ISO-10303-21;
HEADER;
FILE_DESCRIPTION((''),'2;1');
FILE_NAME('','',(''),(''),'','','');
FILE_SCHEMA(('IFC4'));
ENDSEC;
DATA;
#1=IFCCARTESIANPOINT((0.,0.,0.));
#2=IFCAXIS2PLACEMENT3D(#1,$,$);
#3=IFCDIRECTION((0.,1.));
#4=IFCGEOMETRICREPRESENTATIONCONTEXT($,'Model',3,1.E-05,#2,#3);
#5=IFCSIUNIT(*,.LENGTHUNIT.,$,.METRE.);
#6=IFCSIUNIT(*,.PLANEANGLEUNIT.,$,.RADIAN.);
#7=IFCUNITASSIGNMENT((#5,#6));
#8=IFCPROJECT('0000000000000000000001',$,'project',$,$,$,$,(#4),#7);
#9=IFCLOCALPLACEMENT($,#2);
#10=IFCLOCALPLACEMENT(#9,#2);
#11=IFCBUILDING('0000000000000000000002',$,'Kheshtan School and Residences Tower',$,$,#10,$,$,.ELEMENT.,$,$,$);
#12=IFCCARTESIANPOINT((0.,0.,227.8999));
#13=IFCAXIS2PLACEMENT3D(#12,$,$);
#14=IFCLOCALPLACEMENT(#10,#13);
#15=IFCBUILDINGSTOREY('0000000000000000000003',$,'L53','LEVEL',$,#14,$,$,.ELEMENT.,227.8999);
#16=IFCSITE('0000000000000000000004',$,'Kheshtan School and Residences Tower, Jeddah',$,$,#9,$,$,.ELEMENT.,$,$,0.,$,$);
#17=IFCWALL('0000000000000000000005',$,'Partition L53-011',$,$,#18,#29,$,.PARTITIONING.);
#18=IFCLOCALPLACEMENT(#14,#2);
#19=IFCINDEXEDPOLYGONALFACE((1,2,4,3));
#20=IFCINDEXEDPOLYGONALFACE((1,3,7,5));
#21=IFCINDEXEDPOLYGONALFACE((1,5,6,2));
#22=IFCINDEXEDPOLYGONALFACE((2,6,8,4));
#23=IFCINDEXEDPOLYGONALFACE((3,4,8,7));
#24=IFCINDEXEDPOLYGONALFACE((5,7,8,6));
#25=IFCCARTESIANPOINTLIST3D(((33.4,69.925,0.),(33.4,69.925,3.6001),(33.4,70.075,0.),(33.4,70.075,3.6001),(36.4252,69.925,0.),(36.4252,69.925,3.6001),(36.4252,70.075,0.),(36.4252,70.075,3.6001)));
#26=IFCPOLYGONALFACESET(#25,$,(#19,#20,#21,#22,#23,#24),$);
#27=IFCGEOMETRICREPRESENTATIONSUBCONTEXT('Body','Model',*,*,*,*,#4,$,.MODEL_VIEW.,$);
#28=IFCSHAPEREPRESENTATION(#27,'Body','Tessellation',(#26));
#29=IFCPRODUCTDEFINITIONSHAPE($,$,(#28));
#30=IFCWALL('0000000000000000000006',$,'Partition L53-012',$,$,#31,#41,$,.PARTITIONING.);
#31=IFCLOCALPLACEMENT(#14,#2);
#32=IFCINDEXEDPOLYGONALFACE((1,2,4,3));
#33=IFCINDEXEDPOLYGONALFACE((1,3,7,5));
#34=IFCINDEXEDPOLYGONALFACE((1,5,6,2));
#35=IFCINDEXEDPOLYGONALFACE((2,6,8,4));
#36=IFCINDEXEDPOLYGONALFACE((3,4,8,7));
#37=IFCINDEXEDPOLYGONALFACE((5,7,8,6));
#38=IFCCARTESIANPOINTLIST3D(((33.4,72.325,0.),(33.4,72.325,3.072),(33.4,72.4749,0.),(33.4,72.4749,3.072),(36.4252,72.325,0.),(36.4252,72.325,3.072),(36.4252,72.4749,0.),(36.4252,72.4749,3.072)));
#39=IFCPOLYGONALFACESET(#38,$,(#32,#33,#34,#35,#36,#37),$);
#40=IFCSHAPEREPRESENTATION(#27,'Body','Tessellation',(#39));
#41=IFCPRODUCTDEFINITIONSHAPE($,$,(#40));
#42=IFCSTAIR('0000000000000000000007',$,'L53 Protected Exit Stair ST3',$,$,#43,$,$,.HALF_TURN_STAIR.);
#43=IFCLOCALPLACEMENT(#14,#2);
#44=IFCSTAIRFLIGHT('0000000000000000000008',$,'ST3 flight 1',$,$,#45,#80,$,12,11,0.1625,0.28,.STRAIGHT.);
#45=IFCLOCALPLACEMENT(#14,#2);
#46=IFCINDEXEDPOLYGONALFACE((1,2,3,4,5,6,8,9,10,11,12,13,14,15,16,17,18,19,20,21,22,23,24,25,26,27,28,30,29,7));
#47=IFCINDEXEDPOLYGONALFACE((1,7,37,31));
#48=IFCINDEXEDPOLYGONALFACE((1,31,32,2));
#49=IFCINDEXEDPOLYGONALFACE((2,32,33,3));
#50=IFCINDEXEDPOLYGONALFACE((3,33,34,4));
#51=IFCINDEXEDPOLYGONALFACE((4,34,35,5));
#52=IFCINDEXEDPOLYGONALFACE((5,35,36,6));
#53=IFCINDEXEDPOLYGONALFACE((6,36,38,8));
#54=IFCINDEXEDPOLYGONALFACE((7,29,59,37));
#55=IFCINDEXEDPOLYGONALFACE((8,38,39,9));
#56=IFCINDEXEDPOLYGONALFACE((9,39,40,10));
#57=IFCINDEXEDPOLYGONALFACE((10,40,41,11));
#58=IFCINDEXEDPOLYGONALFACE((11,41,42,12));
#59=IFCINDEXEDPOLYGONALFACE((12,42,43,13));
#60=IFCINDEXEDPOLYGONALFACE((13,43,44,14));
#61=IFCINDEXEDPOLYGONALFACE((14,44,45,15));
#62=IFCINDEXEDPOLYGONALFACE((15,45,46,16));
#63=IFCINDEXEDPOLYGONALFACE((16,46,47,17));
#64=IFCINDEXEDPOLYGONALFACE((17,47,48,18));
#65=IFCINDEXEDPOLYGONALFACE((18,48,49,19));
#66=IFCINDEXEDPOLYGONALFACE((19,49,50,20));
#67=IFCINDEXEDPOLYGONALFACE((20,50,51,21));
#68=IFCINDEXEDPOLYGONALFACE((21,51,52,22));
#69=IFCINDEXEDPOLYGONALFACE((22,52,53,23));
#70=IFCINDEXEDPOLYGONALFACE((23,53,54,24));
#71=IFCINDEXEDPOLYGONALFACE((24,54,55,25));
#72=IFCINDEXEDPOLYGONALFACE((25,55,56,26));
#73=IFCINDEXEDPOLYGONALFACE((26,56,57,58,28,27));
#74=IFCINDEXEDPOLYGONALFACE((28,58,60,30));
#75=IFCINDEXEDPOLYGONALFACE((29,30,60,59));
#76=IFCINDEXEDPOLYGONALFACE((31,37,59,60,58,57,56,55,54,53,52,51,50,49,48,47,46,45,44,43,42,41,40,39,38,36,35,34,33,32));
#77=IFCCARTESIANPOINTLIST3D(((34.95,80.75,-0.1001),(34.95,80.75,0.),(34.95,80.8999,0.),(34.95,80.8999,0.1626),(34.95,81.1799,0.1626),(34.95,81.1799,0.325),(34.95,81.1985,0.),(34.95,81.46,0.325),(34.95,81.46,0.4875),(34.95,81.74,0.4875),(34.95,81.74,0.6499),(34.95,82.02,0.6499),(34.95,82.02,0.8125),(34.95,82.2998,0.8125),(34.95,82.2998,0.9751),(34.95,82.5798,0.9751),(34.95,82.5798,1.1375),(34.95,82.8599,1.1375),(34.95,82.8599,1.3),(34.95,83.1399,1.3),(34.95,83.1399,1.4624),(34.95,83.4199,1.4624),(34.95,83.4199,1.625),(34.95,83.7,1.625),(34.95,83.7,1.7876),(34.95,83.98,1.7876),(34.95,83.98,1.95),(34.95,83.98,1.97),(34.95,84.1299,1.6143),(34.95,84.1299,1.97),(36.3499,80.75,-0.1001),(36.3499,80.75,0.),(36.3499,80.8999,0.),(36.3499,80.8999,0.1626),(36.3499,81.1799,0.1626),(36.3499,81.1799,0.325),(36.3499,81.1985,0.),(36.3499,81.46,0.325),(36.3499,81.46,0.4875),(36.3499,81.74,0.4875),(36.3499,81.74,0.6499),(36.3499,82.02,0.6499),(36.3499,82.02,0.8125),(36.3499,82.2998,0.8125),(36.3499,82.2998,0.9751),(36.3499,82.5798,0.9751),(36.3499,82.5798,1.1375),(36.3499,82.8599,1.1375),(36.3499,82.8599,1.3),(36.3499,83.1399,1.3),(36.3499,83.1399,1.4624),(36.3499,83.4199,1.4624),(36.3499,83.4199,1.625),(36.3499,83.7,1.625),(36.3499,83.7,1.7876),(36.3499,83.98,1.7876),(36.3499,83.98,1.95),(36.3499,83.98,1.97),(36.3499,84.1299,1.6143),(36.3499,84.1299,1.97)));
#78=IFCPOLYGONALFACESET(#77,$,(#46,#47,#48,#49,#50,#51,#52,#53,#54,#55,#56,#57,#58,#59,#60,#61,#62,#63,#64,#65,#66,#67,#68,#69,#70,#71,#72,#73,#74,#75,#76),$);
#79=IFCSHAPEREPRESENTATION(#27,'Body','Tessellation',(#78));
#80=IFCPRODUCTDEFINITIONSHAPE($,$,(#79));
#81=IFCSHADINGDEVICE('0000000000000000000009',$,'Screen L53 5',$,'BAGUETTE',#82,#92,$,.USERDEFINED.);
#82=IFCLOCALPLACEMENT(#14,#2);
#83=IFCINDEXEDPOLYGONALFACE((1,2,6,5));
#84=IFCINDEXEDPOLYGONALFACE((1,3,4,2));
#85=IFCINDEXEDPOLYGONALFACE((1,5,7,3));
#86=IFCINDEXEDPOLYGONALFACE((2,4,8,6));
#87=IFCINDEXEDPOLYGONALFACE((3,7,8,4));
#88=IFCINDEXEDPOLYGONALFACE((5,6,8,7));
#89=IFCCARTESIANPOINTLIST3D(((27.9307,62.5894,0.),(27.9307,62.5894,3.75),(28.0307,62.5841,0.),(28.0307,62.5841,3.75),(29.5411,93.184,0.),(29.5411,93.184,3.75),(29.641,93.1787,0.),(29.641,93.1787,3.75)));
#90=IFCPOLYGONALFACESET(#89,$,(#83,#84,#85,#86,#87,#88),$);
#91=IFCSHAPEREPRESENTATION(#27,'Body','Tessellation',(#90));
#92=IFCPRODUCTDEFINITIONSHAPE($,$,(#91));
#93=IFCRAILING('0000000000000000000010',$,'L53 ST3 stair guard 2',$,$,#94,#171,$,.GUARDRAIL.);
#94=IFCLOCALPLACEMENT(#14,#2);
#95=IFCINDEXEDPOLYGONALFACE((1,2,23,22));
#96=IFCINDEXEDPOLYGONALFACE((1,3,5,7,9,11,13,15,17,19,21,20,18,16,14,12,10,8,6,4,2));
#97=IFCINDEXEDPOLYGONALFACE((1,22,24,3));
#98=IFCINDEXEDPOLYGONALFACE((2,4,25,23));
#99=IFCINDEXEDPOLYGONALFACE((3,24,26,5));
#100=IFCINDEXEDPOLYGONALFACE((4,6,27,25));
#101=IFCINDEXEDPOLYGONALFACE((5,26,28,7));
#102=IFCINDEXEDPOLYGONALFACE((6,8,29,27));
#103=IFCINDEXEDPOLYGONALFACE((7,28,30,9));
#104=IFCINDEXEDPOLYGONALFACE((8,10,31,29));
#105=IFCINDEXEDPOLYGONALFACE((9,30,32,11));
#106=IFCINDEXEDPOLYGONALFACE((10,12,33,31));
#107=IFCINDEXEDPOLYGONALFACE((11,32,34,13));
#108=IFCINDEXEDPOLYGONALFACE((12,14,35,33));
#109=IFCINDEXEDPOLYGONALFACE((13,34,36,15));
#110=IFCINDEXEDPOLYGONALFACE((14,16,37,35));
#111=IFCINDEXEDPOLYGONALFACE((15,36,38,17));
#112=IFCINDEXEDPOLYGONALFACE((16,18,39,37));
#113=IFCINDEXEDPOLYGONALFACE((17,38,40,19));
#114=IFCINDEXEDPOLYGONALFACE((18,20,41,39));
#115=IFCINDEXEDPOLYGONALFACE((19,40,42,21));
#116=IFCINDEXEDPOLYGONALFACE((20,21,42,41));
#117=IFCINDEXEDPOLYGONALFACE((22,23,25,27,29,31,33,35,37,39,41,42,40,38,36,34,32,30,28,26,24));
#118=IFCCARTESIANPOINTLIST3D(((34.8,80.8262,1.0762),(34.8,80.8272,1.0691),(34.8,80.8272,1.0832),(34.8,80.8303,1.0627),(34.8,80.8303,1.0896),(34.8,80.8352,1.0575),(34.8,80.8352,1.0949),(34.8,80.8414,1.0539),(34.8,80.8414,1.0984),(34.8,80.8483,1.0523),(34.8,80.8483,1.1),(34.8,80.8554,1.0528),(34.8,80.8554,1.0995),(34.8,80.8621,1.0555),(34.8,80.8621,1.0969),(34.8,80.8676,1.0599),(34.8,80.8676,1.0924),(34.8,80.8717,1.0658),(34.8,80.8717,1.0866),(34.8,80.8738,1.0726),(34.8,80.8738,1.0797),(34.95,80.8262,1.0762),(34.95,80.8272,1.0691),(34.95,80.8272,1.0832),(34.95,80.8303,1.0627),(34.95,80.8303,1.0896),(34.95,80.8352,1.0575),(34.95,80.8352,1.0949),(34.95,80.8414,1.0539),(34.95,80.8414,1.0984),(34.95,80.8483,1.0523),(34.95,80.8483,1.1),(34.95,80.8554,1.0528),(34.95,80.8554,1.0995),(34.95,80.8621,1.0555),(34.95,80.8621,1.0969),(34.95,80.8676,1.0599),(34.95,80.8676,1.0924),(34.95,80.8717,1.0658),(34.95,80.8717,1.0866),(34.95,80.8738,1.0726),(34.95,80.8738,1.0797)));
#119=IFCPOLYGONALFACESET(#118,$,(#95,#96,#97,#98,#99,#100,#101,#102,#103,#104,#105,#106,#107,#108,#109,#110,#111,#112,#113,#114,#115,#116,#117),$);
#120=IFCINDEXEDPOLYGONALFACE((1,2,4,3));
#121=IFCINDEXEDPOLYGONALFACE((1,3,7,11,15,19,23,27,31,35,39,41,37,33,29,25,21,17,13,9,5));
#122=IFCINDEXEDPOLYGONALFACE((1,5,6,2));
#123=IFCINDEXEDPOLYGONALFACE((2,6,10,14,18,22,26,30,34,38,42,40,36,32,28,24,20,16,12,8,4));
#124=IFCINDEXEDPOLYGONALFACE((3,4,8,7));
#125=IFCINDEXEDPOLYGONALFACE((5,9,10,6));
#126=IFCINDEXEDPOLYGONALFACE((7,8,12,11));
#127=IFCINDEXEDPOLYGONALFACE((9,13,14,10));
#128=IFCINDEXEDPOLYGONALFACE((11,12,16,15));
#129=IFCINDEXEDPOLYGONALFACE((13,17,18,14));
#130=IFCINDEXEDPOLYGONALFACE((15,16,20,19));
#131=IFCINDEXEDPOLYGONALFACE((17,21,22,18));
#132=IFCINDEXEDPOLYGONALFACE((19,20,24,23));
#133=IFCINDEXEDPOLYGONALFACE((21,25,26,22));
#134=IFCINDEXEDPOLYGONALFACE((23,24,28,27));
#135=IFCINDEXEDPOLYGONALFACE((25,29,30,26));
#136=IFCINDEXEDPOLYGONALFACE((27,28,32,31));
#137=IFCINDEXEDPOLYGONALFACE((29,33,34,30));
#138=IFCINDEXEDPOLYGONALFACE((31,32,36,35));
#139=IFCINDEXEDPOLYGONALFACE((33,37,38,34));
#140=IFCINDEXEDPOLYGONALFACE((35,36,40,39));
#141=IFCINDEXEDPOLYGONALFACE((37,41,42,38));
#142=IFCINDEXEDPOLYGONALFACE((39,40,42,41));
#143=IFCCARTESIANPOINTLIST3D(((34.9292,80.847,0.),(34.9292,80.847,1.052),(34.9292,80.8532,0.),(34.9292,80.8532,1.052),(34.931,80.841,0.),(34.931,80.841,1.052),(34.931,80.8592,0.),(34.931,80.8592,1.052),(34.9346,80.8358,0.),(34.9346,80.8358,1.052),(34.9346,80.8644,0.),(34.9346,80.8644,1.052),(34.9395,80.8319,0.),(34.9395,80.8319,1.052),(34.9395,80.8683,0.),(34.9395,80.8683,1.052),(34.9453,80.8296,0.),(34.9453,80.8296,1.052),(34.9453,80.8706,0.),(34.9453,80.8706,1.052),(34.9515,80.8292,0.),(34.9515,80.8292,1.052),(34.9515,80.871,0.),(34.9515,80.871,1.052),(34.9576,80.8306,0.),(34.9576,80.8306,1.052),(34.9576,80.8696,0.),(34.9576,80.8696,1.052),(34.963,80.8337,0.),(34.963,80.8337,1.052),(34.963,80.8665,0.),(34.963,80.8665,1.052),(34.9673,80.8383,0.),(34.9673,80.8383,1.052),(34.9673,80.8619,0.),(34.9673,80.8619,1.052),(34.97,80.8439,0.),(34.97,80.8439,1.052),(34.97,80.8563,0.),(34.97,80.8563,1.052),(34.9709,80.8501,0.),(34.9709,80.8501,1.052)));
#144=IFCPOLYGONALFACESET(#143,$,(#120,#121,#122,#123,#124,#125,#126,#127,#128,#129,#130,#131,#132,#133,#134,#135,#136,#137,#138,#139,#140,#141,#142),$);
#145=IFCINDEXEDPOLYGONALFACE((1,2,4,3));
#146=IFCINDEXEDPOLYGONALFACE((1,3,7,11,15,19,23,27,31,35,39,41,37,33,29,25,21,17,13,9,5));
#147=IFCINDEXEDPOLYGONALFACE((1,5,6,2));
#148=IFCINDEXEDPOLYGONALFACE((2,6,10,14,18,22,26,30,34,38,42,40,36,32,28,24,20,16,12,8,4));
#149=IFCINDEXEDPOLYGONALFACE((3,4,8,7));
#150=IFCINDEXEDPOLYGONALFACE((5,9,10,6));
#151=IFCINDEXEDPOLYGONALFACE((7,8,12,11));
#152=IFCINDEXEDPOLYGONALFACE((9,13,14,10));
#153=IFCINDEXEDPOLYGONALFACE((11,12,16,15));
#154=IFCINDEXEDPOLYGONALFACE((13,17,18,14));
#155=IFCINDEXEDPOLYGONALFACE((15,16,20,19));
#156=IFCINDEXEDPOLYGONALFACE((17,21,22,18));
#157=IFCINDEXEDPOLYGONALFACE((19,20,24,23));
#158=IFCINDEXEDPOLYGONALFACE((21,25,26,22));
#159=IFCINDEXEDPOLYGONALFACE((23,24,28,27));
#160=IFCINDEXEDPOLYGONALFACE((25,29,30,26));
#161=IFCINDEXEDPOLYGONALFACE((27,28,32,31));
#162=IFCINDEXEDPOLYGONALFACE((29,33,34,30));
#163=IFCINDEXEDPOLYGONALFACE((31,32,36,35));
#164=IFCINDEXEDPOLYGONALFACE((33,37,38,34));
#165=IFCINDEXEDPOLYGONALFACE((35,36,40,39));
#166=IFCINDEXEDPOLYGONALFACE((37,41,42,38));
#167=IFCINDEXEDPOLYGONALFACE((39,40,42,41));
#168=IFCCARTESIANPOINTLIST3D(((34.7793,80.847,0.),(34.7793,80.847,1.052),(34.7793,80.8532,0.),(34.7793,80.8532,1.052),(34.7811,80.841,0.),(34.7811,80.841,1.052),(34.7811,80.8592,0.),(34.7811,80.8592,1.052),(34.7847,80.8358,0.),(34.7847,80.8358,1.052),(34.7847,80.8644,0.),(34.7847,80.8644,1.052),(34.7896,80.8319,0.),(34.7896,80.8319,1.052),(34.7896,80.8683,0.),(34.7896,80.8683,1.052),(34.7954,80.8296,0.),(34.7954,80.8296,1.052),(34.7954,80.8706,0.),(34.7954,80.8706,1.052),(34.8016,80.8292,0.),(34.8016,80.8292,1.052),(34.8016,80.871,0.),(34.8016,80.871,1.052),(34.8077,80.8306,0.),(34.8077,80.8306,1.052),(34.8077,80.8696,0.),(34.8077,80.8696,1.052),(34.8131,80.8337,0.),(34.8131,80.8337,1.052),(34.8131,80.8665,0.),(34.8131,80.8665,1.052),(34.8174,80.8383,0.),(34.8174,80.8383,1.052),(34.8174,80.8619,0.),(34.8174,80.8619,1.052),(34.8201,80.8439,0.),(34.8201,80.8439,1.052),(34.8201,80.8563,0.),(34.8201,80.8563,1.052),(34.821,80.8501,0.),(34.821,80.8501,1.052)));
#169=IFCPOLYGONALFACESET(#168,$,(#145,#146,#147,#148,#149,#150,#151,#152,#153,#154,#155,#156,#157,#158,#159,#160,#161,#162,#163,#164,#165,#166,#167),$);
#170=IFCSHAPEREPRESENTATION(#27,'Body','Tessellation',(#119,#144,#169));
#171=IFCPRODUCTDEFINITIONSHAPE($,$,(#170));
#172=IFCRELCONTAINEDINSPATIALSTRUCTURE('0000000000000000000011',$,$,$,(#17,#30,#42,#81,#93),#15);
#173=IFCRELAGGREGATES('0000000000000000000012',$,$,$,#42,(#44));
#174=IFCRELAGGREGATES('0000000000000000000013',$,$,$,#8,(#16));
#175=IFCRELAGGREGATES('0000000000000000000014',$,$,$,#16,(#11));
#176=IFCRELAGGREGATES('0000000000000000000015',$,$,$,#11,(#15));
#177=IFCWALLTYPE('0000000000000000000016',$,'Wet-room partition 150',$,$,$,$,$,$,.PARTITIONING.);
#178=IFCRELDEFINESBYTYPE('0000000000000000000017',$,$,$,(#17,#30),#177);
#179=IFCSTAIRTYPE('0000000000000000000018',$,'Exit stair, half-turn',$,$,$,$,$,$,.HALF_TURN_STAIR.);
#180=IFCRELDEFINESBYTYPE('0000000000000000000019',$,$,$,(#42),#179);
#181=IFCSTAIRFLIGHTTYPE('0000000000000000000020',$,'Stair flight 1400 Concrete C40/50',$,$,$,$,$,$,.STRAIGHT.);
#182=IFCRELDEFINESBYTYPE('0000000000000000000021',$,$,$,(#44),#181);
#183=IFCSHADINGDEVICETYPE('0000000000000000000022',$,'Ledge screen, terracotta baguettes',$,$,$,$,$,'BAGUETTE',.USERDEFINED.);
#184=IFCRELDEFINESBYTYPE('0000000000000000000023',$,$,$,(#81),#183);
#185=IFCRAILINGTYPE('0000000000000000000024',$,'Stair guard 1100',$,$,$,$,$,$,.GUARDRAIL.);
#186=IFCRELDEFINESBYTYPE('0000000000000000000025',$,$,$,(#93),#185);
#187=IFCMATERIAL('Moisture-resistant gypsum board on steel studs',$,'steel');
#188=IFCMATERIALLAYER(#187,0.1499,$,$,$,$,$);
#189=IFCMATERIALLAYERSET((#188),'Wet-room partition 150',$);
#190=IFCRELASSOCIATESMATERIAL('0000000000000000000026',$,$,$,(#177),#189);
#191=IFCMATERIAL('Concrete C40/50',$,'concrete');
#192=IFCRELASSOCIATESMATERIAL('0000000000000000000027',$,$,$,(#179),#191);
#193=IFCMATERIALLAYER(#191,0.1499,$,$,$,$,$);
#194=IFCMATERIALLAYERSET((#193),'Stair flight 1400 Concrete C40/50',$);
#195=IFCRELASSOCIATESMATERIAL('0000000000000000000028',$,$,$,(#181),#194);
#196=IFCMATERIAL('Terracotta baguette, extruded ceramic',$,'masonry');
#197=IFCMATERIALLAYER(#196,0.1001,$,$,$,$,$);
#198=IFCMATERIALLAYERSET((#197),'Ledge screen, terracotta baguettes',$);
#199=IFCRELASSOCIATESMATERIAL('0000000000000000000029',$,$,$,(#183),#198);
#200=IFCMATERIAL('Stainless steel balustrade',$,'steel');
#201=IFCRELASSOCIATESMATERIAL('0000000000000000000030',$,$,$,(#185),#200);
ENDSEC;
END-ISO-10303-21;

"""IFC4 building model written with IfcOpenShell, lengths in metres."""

from ifc_helpers import new_model, si_unit, direction, frame, frame_2d, origin, origin_2d, place, context, subcontext, project, spatial, polyline, rectangle, circle, outline, extrude, material, layer, layer_set, type_object, element, aggregate, save


model = new_model("IFC4")

# Units and contexts
model_context = context("Model", 3, precision=1e-05, world=origin(), true_north=direction((0.0, 1.0)))
body_context = subcontext(model_context, "Body", "Model", "MODEL_VIEW")
ifc_project = project(units=[si_unit("LENGTHUNIT", "METRE"), si_unit("PLANEANGLEUNIT", "RADIAN")], contexts=[model_context])

# Site, building, storey
site_placement = place(None, origin())
site = spatial("IfcSite", under=ifc_project, at=site_placement, Name="Kheshtan School and Residences Tower, Jeddah", CompositionType="ELEMENT", RefElevation=0.0)
building_placement = place(site_placement, origin())
building = spatial("IfcBuilding", under=site, at=building_placement, Name="Kheshtan School and Residences Tower", CompositionType="ELEMENT")
storey_placement = place(building_placement, frame((0.0, 0.0, 227.8999)))
storey = spatial("IfcBuildingStorey", under=building, at=storey_placement, Name="L53", Description="LEVEL", CompositionType="ELEMENT", Elevation=227.8999)

# Shared definitions
ifc_material_1 = material(Name="Concrete C40/50", Category="concrete")

# Walls
ifc_material_2 = material(Name="Moisture-resistant gypsum board on steel studs", Category="steel")
ifc_layer_1 = layer(ifc_material_2, 0.1499)
ifc_layer_set_1 = layer_set([ifc_layer_1], Name="Wet-room partition 150")
wall_type_1 = type_object("IfcWallType", Name="Wet-room partition 150", PredefinedType="PARTITIONING", material=ifc_layer_set_1)
wall_1_placement = place(storey_placement, frame((33.3999, 70.0, 0.0), z_axis=(0.0, 0.0, 1.0), x_axis=(1.0, 0.0, 0.0)))
element("IfcWall", 1, at=wall_1_placement, inside=storey, type_object=wall_type_1, Name="Partition L53-011", PredefinedType="PARTITIONING", context=body_context, shape_type="SweptSolid", body=[
    extrude(rectangle(XDim=3.0251, YDim=0.1499, at=frame_2d((1.5127, 0.0))), origin(), (0.0, 0.0, 1.0), 3.6001),
])
wall_2_placement = place(storey_placement, frame((33.3999, 72.3999, 0.0), z_axis=(0.0, 0.0, 1.0), x_axis=(1.0, 0.0, 0.0)))
element("IfcWall", 2, at=wall_2_placement, inside=storey, type_object=wall_type_1, Name="Partition L53-012", PredefinedType="PARTITIONING", context=body_context, shape_type="SweptSolid", body=[
    extrude(rectangle(XDim=3.0251, YDim=0.1499, at=frame_2d((1.5127, 0.0))), origin(), (0.0, 0.0, 1.0), 3.072),
])

# Stair, stair flight
stair_type = type_object("IfcStairType", Name="Exit stair, half-turn", PredefinedType="HALF_TURN_STAIR", material=ifc_material_1)
stair_placement = place(storey_placement, origin())
stair = element("IfcStair", 3, at=stair_placement, inside=storey, type_object=stair_type, Name="L53 Protected Exit Stair ST3", PredefinedType="HALF_TURN_STAIR")
ifc_layer_2 = layer(ifc_material_1, 0.1499)
ifc_layer_set_2 = layer_set([ifc_layer_2], Name="Stair flight 1400 Concrete C40/50")
stair_flight_type = type_object("IfcStairFlightType", Name="Stair flight 1400 Concrete C40/50", PredefinedType="STRAIGHT", material=ifc_layer_set_2)
stair_flight_placement = place(storey_placement, frame((35.6499, 80.8999, 0.0), z_axis=(0.0, 0.0, 1.0), x_axis=(0.0, 1.0, 0.0)))
stair_flight = element("IfcStairFlight", 4, at=stair_flight_placement, type_object=stair_flight_type, Name="ST3 flight 1", NumberOfRisers=12, NumberOfTreads=11, PredefinedType="STRAIGHT", RiserHeight=0.1625, TreadLength=0.28, context=body_context, shape_type="SweptSolid", body=[
    extrude(outline(polyline([(-0.1499, -0.1001), (-0.1499, 0.0), (0.0, 0.0), (0.0, 0.1626), (0.28, 0.1626), (0.28, 0.325), (0.5601, 0.325), (0.5601, 0.4875), (0.8401, 0.4875), (0.8401, 0.6499), (1.1201, 0.6499), (1.1201, 0.8125), (1.3999, 0.8125), (1.3999, 0.9751), (1.6799, 0.9751), (1.6799, 1.1375), (1.96, 1.1375), (1.96, 1.3), (2.24, 1.3), (2.24, 1.4624), (2.52, 1.4624), (2.52, 1.625), (2.8, 1.625), (2.8, 1.7876), (3.0801, 1.7876), (3.0801, 1.95), (3.0801, 1.97), (3.23, 1.97), (3.23, 1.6143), (0.2986, 0.0), (-0.1499, -0.1001)])), frame((0.0, 0.7, 0.0), z_axis=(0.0, -1.0, 0.0), x_axis=(1.0, 0.0, 0.0)), (0.0, 0.0, 1.0), 1.3999),
])
aggregate(stair, [stair_flight])

# Shading device
ifc_material_3 = material(Name="Terracotta baguette, extruded ceramic", Category="masonry")
ifc_layer_3 = layer(ifc_material_3, 0.1001)
ifc_layer_set_3 = layer_set([ifc_layer_3], Name="Ledge screen, terracotta baguettes")
shading_device_type = type_object("IfcShadingDeviceType", Name="Ledge screen, terracotta baguettes", ElementType="BAGUETTE", PredefinedType="USERDEFINED", material=ifc_layer_set_3)
shading_device_placement = place(storey_placement, frame((28.7859, 77.884, 0.0), z_axis=(0.0, 0.0, 1.0), x_axis=(0.052563, 0.998618, 0.0)))
element("IfcShadingDevice", 5, at=shading_device_placement, inside=storey, type_object=shading_device_type, Name="Screen L53 5", ObjectType="BAGUETTE", PredefinedType="USERDEFINED", context=body_context, shape_type="SweptSolid", body=[
    extrude(rectangle(XDim=30.637, YDim=0.1001, at=origin_2d()), origin(), (0.0, 0.0, 1.0), 3.75),
])

# Railing
ifc_material_4 = material(Name="Stainless steel balustrade", Category="steel")
railing_type_1 = type_object("IfcRailingType", Name="Stair guard 1100", PredefinedType="GUARDRAIL", material=ifc_material_4)
railing_1_placement = place(storey_placement, frame((34.95, 80.8501, 0.0)))
element("IfcRailing", 6, at=railing_1_placement, inside=storey, type_object=railing_type_1, Name="L53 ST3 stair guard 2", PredefinedType="GUARDRAIL", context=body_context, shape_type="SweptSolid", body=[
    extrude(circle(Radius=0.0239, at=origin_2d()), frame((0.0, 0.0, 1.0762), z_axis=(-1.0, 0.0, 0.0), x_axis=(0.0, -1.0, 0.0)), (0.0, 0.0, 1.0), 0.1499),
    extrude(circle(Radius=0.021, at=origin_2d()), origin(), (0.0, 0.0, 1.0), 1.052),
    extrude(circle(Radius=0.021, at=origin_2d()), frame((-0.1499, 0.0, 0.0)), (0.0, 0.0, 1.0), 1.052),
])

save(model, "model.ifc")
